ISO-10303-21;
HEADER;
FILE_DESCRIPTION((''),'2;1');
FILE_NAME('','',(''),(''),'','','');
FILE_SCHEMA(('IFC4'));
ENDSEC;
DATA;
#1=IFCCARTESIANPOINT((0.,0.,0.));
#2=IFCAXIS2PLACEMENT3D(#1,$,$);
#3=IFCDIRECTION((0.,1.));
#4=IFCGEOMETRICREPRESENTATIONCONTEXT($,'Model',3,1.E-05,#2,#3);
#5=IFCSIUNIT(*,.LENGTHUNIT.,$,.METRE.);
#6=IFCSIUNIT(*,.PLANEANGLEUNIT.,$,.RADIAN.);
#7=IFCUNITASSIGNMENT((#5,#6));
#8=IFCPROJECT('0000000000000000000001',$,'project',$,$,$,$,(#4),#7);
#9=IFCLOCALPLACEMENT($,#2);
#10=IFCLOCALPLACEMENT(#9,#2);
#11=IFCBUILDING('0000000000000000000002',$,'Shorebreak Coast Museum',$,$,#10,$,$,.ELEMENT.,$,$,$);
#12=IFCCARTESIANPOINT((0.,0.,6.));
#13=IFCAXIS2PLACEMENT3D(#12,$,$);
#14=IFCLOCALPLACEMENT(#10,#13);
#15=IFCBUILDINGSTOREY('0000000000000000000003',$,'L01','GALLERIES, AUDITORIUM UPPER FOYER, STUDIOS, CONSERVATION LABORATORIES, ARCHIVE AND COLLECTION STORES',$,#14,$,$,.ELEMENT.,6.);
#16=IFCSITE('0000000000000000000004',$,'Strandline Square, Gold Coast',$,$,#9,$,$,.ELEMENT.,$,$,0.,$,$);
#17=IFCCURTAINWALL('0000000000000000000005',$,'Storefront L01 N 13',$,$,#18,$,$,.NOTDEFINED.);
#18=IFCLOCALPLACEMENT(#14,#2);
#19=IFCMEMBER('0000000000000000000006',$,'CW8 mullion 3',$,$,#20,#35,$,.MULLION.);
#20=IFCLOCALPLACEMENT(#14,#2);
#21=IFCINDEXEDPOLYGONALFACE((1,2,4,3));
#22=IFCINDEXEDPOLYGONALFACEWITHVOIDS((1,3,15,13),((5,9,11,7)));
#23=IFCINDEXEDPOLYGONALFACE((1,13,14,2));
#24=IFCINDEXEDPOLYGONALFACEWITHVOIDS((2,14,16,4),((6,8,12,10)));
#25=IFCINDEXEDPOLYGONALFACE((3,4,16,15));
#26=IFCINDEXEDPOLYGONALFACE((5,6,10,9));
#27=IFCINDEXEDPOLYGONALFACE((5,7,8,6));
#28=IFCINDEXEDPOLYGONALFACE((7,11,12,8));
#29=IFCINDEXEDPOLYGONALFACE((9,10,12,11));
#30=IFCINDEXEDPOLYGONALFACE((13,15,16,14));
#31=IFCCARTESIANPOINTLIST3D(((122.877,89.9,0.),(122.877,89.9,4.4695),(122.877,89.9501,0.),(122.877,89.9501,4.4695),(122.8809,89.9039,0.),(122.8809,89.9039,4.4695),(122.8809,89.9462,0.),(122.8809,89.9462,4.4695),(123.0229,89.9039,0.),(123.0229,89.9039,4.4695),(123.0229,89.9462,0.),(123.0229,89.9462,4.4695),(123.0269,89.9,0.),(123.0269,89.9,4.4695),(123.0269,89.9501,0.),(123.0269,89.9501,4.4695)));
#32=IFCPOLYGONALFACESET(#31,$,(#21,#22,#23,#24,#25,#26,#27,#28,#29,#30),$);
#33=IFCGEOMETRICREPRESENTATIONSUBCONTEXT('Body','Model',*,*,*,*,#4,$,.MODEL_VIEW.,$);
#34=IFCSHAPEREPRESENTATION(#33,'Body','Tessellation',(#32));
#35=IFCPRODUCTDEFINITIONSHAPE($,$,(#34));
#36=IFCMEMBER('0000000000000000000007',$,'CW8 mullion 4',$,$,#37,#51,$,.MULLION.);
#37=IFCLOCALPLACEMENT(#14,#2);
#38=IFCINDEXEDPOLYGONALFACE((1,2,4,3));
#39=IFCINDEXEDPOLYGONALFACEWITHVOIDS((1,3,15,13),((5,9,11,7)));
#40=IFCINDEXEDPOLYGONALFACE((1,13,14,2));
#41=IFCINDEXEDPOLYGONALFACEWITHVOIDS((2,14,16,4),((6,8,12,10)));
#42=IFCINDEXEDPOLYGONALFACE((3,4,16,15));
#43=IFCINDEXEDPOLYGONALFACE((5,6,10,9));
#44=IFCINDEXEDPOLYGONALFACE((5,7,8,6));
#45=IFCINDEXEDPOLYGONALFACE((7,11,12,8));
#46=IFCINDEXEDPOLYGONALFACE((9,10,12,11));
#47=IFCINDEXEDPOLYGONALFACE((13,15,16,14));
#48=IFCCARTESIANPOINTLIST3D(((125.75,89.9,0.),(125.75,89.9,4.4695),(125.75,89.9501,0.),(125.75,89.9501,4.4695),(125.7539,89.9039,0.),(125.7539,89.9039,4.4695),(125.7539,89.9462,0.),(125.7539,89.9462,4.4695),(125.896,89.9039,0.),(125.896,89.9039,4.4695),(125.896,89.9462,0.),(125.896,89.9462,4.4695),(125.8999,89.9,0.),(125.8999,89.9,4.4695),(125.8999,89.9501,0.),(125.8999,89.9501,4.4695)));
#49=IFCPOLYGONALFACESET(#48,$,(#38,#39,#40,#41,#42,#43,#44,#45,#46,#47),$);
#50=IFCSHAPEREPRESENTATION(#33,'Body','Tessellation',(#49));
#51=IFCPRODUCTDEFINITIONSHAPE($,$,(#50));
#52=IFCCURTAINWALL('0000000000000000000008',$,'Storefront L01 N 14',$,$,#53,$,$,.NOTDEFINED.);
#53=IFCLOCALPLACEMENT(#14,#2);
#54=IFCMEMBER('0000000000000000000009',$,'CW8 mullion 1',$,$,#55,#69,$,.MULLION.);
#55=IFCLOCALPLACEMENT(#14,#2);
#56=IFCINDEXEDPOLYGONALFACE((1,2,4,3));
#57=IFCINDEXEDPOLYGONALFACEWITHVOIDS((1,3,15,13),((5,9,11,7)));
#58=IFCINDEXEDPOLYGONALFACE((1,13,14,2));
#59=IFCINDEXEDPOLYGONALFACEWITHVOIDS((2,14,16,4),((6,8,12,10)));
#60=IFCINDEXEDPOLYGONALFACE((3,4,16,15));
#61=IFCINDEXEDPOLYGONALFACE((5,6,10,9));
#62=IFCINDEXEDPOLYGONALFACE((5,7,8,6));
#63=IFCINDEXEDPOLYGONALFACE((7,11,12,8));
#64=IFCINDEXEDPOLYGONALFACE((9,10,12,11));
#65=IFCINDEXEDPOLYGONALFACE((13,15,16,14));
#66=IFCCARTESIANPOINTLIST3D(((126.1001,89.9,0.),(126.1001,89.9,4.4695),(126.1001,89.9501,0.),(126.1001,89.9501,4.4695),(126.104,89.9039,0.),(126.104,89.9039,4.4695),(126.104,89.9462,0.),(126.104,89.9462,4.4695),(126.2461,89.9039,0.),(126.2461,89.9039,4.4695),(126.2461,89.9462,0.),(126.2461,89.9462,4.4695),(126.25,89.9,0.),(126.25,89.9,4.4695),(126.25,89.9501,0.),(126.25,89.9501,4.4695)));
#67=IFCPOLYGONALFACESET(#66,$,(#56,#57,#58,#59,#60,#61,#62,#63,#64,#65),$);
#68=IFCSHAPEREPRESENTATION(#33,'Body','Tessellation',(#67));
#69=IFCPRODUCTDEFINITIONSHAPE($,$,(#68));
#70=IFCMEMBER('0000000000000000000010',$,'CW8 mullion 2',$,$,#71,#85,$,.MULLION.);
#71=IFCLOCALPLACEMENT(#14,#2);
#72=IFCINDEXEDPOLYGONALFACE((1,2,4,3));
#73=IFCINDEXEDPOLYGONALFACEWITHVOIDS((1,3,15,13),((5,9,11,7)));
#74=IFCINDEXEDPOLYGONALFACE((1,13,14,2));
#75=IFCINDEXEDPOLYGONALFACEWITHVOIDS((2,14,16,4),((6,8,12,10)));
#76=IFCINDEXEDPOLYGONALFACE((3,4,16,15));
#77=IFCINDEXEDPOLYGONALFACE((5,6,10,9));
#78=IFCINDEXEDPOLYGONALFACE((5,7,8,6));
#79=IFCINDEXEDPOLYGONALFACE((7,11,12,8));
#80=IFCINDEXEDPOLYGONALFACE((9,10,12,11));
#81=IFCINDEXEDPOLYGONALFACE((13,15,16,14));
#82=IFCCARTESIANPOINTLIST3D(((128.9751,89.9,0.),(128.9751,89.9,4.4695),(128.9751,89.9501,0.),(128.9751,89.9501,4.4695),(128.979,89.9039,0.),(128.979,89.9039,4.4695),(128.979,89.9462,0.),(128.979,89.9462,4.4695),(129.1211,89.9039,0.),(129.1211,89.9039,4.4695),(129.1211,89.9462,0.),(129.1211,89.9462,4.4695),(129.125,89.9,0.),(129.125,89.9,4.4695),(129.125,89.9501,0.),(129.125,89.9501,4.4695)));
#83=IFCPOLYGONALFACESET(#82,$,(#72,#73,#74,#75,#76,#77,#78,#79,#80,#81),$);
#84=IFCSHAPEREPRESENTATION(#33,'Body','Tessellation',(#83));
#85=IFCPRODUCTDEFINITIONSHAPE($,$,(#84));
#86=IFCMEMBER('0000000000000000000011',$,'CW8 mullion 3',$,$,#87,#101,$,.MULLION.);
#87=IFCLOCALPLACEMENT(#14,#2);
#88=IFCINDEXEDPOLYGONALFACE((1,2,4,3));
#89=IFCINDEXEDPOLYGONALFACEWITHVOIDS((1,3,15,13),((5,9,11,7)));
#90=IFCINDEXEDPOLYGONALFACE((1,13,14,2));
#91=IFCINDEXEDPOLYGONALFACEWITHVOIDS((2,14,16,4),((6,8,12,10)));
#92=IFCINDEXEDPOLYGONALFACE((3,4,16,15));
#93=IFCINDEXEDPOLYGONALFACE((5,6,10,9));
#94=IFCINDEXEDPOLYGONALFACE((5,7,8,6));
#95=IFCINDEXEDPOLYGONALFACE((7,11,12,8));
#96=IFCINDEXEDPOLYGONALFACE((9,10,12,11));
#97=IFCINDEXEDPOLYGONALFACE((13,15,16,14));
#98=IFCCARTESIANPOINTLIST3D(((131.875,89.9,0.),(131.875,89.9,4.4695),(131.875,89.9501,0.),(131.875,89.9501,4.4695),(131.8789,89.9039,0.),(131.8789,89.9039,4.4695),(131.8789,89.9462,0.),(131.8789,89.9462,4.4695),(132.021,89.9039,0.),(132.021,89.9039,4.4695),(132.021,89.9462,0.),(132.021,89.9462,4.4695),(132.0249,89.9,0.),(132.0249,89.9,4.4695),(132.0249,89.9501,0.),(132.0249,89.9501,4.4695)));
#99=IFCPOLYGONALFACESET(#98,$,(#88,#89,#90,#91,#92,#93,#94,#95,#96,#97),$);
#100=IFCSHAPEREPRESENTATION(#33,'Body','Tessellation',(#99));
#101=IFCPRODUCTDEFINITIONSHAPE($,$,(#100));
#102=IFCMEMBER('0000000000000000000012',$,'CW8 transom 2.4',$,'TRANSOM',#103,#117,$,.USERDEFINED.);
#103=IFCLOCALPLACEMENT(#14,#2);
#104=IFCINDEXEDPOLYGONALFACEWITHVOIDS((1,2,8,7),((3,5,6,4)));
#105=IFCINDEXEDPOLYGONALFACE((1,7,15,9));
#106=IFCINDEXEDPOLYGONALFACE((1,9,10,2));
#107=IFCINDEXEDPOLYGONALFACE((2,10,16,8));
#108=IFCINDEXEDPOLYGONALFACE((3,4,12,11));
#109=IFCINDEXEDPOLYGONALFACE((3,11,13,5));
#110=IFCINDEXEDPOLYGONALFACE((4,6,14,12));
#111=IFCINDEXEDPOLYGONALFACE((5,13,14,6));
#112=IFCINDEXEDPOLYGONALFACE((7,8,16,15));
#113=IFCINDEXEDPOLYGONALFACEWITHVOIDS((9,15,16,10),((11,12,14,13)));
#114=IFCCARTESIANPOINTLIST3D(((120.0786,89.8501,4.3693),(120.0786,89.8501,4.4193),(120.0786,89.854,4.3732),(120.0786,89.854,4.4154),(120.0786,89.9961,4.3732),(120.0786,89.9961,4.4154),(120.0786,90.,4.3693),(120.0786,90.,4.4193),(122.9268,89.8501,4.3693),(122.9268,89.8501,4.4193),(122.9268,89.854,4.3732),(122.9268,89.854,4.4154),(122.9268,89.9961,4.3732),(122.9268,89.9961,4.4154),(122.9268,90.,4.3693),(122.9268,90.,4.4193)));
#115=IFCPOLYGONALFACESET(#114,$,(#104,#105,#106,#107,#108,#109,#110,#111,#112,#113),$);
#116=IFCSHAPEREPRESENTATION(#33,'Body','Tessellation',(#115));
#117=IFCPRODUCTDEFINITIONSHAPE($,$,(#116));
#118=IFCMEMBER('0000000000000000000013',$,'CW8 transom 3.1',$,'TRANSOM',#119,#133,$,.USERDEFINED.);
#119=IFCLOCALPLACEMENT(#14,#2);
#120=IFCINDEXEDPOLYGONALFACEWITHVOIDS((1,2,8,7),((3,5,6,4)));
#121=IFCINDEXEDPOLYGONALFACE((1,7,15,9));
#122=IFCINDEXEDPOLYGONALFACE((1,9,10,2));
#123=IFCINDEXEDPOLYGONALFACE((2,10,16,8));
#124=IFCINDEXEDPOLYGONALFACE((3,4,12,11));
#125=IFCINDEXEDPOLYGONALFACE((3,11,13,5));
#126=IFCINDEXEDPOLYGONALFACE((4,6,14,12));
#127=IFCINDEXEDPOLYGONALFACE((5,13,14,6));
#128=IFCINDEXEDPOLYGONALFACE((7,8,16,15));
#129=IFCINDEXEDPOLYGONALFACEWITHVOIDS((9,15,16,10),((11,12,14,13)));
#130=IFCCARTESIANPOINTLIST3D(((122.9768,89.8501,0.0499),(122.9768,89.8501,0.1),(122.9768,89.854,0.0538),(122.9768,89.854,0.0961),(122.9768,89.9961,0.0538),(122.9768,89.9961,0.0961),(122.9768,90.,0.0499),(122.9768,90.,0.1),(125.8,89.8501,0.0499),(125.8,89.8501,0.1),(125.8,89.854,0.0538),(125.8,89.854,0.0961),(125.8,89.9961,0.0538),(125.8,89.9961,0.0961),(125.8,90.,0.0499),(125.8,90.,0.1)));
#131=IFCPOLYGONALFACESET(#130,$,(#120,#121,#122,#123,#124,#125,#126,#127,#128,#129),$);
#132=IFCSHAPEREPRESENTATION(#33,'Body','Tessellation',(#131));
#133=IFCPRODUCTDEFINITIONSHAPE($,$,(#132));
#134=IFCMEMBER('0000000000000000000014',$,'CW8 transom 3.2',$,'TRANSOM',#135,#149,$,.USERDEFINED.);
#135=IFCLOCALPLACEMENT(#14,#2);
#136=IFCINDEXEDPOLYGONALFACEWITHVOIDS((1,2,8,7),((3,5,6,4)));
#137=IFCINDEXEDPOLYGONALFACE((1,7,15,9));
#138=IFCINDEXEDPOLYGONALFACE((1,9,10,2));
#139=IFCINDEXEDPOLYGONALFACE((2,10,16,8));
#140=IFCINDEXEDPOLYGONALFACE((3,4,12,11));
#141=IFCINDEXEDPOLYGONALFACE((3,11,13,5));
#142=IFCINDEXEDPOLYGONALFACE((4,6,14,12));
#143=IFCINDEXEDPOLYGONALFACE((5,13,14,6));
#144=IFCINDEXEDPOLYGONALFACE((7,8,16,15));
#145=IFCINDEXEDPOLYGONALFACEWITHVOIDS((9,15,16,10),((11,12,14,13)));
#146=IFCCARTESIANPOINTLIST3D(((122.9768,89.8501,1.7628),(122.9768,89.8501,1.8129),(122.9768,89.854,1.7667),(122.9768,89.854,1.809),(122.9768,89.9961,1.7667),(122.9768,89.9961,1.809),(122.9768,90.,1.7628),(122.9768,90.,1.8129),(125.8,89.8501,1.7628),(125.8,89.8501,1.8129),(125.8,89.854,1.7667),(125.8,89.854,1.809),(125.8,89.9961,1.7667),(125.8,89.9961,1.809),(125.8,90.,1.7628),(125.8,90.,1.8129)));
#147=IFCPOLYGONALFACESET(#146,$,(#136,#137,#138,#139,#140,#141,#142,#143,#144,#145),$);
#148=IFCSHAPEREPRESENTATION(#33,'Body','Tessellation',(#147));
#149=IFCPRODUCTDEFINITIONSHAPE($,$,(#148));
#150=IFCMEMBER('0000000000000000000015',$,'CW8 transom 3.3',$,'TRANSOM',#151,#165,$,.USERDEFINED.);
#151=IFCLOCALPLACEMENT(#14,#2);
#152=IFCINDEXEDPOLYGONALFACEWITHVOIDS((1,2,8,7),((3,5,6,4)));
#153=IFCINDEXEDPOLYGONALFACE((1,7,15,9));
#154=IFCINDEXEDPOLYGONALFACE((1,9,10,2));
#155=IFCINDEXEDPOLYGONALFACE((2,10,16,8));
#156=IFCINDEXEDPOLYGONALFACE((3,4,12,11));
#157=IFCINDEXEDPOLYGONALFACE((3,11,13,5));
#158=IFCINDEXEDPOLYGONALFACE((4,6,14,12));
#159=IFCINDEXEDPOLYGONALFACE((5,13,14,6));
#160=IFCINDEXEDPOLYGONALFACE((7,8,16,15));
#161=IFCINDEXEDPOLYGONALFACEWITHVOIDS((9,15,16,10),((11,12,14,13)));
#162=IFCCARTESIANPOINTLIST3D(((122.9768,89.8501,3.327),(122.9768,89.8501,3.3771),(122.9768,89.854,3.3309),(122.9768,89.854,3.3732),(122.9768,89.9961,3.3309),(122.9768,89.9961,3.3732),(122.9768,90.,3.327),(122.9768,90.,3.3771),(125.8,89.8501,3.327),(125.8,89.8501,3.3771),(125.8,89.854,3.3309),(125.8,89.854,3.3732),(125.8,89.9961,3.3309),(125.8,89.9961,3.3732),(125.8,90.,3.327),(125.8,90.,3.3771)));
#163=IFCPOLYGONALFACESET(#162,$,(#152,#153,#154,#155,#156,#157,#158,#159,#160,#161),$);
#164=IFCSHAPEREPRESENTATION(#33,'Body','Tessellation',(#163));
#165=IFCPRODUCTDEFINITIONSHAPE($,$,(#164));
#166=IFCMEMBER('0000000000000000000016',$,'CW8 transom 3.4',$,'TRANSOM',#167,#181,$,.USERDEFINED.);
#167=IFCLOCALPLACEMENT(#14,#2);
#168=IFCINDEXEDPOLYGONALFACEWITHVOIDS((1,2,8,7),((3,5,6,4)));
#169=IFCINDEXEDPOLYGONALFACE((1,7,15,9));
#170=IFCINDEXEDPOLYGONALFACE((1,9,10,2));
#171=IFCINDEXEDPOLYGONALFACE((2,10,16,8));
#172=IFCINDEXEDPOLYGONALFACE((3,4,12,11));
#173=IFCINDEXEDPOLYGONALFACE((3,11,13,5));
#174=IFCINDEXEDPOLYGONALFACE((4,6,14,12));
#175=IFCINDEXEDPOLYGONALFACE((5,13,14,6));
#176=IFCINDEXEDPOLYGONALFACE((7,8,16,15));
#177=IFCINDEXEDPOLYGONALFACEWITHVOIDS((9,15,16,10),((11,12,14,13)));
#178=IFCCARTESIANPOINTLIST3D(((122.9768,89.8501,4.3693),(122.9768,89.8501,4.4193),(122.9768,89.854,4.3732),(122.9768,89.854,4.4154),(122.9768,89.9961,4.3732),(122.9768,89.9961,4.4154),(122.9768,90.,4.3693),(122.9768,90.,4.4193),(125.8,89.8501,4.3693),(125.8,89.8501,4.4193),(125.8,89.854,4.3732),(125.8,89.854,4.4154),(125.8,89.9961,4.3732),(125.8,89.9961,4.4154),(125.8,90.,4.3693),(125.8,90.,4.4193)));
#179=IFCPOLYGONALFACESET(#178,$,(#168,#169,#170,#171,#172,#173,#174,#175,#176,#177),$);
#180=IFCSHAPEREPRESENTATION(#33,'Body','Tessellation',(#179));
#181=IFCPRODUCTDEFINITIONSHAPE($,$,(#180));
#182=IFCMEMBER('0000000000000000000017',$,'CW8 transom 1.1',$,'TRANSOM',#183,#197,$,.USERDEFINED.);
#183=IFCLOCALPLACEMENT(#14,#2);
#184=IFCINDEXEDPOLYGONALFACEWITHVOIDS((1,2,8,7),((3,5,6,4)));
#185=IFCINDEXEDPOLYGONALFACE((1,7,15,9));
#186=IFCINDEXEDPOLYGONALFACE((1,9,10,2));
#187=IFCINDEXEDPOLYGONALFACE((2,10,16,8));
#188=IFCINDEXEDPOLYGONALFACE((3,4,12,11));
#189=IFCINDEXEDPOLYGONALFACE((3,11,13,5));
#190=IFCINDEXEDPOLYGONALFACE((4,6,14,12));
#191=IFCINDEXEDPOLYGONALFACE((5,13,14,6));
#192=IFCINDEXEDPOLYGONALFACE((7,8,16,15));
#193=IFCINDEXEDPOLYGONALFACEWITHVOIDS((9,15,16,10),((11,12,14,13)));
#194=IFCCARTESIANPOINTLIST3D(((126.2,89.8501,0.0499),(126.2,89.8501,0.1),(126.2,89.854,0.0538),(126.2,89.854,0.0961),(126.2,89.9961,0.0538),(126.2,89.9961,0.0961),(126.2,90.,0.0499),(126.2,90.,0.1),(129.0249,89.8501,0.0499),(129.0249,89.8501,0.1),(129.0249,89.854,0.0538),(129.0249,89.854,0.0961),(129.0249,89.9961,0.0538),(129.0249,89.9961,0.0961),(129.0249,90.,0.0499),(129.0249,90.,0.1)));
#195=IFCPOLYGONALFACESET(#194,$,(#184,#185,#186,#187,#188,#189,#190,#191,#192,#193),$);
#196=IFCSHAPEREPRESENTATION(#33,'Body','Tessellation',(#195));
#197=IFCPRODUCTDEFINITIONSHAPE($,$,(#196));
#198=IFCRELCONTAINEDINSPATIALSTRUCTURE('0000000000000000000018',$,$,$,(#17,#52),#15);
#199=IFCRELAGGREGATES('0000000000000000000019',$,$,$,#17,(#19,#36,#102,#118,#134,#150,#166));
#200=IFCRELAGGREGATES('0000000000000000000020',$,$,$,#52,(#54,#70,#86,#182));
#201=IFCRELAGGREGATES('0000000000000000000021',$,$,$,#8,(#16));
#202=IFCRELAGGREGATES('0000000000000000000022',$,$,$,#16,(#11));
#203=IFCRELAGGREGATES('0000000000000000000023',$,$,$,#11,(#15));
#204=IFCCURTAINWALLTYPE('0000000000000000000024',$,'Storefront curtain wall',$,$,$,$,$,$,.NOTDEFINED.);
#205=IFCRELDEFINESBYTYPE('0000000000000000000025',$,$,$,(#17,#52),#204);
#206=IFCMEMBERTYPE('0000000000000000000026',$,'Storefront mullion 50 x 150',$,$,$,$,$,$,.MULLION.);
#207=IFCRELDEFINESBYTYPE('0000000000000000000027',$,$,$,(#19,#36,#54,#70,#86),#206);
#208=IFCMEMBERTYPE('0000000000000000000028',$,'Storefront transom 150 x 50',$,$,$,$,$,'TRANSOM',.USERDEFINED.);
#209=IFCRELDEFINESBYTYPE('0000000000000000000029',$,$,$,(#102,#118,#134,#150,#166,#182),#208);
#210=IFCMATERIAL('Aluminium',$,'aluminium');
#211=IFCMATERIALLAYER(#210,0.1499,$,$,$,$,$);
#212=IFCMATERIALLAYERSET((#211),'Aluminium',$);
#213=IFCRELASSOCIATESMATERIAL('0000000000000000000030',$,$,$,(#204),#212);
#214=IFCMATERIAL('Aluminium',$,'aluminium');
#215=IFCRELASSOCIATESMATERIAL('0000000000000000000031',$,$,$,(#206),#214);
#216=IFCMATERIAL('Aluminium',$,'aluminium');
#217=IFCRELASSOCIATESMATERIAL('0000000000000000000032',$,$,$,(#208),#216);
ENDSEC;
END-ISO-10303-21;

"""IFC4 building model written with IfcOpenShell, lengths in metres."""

from ifc_helpers import new_model, si_unit, direction, frame, origin, origin_2d, place, context, subcontext, project, spatial, hollow_rectangle, extrude, material, layer, layer_set, material_profile, profile_set, type_object, element, aggregate, save


model = new_model("IFC4")

# Units and contexts
model_context = context("Model", 3, precision=1e-05, world=origin(), true_north=direction((0.0, 1.0)))
body_context = subcontext(model_context, "Body", "Model", "MODEL_VIEW")
ifc_project = project(units=[si_unit("LENGTHUNIT", "METRE"), si_unit("PLANEANGLEUNIT", "RADIAN")], contexts=[model_context])

# Site, building, storey
site_placement = place(None, origin())
site = spatial("IfcSite", under=ifc_project, at=site_placement, Name="Strandline Square, Gold Coast", CompositionType="ELEMENT", RefElevation=0.0)
building_placement = place(site_placement, origin())
building = spatial("IfcBuilding", under=site, at=building_placement, Name="Shorebreak Coast Museum", CompositionType="ELEMENT")
storey_placement = place(building_placement, frame((0.0, 0.0, 6.0)))
storey = spatial("IfcBuildingStorey", under=building, at=storey_placement, Name="L01", Description="GALLERIES, AUDITORIUM UPPER FOYER, STUDIOS, CONSERVATION LABORATORIES, ARCHIVE AND COLLECTION STORES", CompositionType="ELEMENT", Elevation=6.0)

# Curtain walls, members
ifc_material_1 = material(Name="Aluminium", Category="aluminium")
ifc_layer_1 = layer(ifc_material_1, 0.1499)
ifc_layer_set_1 = layer_set([ifc_layer_1], Name="Aluminium")
curtain_wall_type = type_object("IfcCurtainWallType", Name="Storefront curtain wall", PredefinedType="NOTDEFINED", material=ifc_layer_set_1)
curtain_wall_1_placement = place(storey_placement, origin())
curtain_wall_1 = element("IfcCurtainWall", 1, at=curtain_wall_1_placement, inside=storey, type_object=curtain_wall_type, Name="Storefront L01 N 13", PredefinedType="NOTDEFINED")
ifc_material_2 = material(Name="Aluminium", Category="aluminium")
ifc_material_profile_1 = material_profile(ifc_material_2, hollow_rectangle(XDim=0.05, YDim=0.1499, WallThickness=0.0039, at=origin_2d()), Name="AL 150x50 RHS")
ifc_profile_set_1 = profile_set([ifc_material_profile_1], Name="Aluminium")
member_type_1 = type_object("IfcMemberType", Name="Storefront mullion 50 x 150", PredefinedType="MULLION", material=ifc_profile_set_1)
member_1_placement = place(storey_placement, frame((122.9519, 89.925, 0.0), z_axis=(0.0, 0.0, 1.0), x_axis=(0.0, 1.0, 0.0)))
member_1 = element("IfcMember", 2, at=member_1_placement, type_object=member_type_1, Name="CW8 mullion 3", PredefinedType="MULLION", context=body_context, shape_type="SweptSolid", body=[
    extrude(hollow_rectangle(XDim=0.05, YDim=0.1499, WallThickness=0.0039, at=origin_2d()), origin(), (0.0, 0.0, 1.0), 4.4695),
])
member_2_placement = place(storey_placement, frame((125.825, 89.925, 0.0), z_axis=(0.0, 0.0, 1.0), x_axis=(0.0, 1.0, 0.0)))
member_2 = element("IfcMember", 3, at=member_2_placement, type_object=member_type_1, Name="CW8 mullion 4", PredefinedType="MULLION", context=body_context, shape_type="SweptSolid", body=[
    extrude(hollow_rectangle(XDim=0.05, YDim=0.1499, WallThickness=0.0039, at=origin_2d()), origin(), (0.0, 0.0, 1.0), 4.4695),
])
curtain_wall_2_placement = place(storey_placement, origin())
curtain_wall_2 = element("IfcCurtainWall", 4, at=curtain_wall_2_placement, inside=storey, type_object=curtain_wall_type, Name="Storefront L01 N 14", PredefinedType="NOTDEFINED")
member_3_placement = place(storey_placement, frame((126.175, 89.925, 0.0), z_axis=(0.0, 0.0, 1.0), x_axis=(0.0, 1.0, 0.0)))
member_3 = element("IfcMember", 5, at=member_3_placement, type_object=member_type_1, Name="CW8 mullion 1", PredefinedType="MULLION", context=body_context, shape_type="SweptSolid", body=[
    extrude(hollow_rectangle(XDim=0.05, YDim=0.1499, WallThickness=0.0039, at=origin_2d()), origin(), (0.0, 0.0, 1.0), 4.4695),
])
member_4_placement = place(storey_placement, frame((129.05, 89.925, 0.0), z_axis=(0.0, 0.0, 1.0), x_axis=(0.0, 1.0, 0.0)))
member_4 = element("IfcMember", 6, at=member_4_placement, type_object=member_type_1, Name="CW8 mullion 2", PredefinedType="MULLION", context=body_context, shape_type="SweptSolid", body=[
    extrude(hollow_rectangle(XDim=0.05, YDim=0.1499, WallThickness=0.0039, at=origin_2d()), origin(), (0.0, 0.0, 1.0), 4.4695),
])
member_5_placement = place(storey_placement, frame((131.95, 89.925, 0.0), z_axis=(0.0, 0.0, 1.0), x_axis=(0.0, 1.0, 0.0)))
member_5 = element("IfcMember", 7, at=member_5_placement, type_object=member_type_1, Name="CW8 mullion 3", PredefinedType="MULLION", context=body_context, shape_type="SweptSolid", body=[
    extrude(hollow_rectangle(XDim=0.05, YDim=0.1499, WallThickness=0.0039, at=origin_2d()), origin(), (0.0, 0.0, 1.0), 4.4695),
])

# Members
ifc_material_3 = material(Name="Aluminium", Category="aluminium")
ifc_material_profile_2 = material_profile(ifc_material_3, hollow_rectangle(XDim=0.1499, YDim=0.05, WallThickness=0.0039, at=origin_2d()), Name="AL 50x150 RHS")
ifc_profile_set_2 = profile_set([ifc_material_profile_2], Name="Aluminium")
member_type_2 = type_object("IfcMemberType", Name="Storefront transom 150 x 50", ElementType="TRANSOM", PredefinedType="USERDEFINED", material=ifc_profile_set_2)
member_6_placement = place(storey_placement, frame((120.0786, 89.925, 4.3943), z_axis=(1.0, 0.0, 0.0), x_axis=(0.0, 1.0, 0.0)))
member_6 = element("IfcMember", 8, at=member_6_placement, type_object=member_type_2, Name="CW8 transom 2.4", ObjectType="TRANSOM", PredefinedType="USERDEFINED", context=body_context, shape_type="SweptSolid", body=[
    extrude(hollow_rectangle(XDim=0.1499, YDim=0.05, WallThickness=0.0039, at=origin_2d()), origin(), (0.0, 0.0, 1.0), 2.8481),
])
member_7_placement = place(storey_placement, frame((122.9768, 89.925, 0.075), z_axis=(1.0, 0.0, 0.0), x_axis=(0.0, 1.0, 0.0)))
member_7 = element("IfcMember", 9, at=member_7_placement, type_object=member_type_2, Name="CW8 transom 3.1", ObjectType="TRANSOM", PredefinedType="USERDEFINED", context=body_context, shape_type="SweptSolid", body=[
    extrude(hollow_rectangle(XDim=0.1499, YDim=0.05, WallThickness=0.0039, at=origin_2d()), origin(), (0.0, 0.0, 1.0), 2.8232),
])
member_8_placement = place(storey_placement, frame((122.9768, 89.925, 1.7878), z_axis=(1.0, 0.0, 0.0), x_axis=(0.0, 1.0, 0.0)))
member_8 = element("IfcMember", 10, at=member_8_placement, type_object=member_type_2, Name="CW8 transom 3.2", ObjectType="TRANSOM", PredefinedType="USERDEFINED", context=body_context, shape_type="SweptSolid", body=[
    extrude(hollow_rectangle(XDim=0.1499, YDim=0.05, WallThickness=0.0039, at=origin_2d()), origin(), (0.0, 0.0, 1.0), 2.8232),
])
member_9_placement = place(storey_placement, frame((122.9768, 89.925, 3.3521), z_axis=(1.0, 0.0, 0.0), x_axis=(0.0, 1.0, 0.0)))
member_9 = element("IfcMember", 11, at=member_9_placement, type_object=member_type_2, Name="CW8 transom 3.3", ObjectType="TRANSOM", PredefinedType="USERDEFINED", context=body_context, shape_type="SweptSolid", body=[
    extrude(hollow_rectangle(XDim=0.1499, YDim=0.05, WallThickness=0.0039, at=origin_2d()), origin(), (0.0, 0.0, 1.0), 2.8232),
])
member_10_placement = place(storey_placement, frame((122.9768, 89.925, 4.3943), z_axis=(1.0, 0.0, 0.0), x_axis=(0.0, 1.0, 0.0)))
member_10 = element("IfcMember", 12, at=member_10_placement, type_object=member_type_2, Name="CW8 transom 3.4", ObjectType="TRANSOM", PredefinedType="USERDEFINED", context=body_context, shape_type="SweptSolid", body=[
    extrude(hollow_rectangle(XDim=0.1499, YDim=0.05, WallThickness=0.0039, at=origin_2d()), origin(), (0.0, 0.0, 1.0), 2.8232),
])
member_11_placement = place(storey_placement, frame((126.2, 89.925, 0.075), z_axis=(1.0, 0.0, 0.0), x_axis=(0.0, 1.0, 0.0)))
member_11 = element("IfcMember", 13, at=member_11_placement, type_object=member_type_2, Name="CW8 transom 1.1", ObjectType="TRANSOM", PredefinedType="USERDEFINED", context=body_context, shape_type="SweptSolid", body=[
    extrude(hollow_rectangle(XDim=0.1499, YDim=0.05, WallThickness=0.0039, at=origin_2d()), origin(), (0.0, 0.0, 1.0), 2.825),
])

aggregate(curtain_wall_1, [member_1, member_2, member_6, member_7, member_8, member_9, member_10])
aggregate(curtain_wall_2, [member_3, member_4, member_5, member_11])

save(model, "model.ifc")
